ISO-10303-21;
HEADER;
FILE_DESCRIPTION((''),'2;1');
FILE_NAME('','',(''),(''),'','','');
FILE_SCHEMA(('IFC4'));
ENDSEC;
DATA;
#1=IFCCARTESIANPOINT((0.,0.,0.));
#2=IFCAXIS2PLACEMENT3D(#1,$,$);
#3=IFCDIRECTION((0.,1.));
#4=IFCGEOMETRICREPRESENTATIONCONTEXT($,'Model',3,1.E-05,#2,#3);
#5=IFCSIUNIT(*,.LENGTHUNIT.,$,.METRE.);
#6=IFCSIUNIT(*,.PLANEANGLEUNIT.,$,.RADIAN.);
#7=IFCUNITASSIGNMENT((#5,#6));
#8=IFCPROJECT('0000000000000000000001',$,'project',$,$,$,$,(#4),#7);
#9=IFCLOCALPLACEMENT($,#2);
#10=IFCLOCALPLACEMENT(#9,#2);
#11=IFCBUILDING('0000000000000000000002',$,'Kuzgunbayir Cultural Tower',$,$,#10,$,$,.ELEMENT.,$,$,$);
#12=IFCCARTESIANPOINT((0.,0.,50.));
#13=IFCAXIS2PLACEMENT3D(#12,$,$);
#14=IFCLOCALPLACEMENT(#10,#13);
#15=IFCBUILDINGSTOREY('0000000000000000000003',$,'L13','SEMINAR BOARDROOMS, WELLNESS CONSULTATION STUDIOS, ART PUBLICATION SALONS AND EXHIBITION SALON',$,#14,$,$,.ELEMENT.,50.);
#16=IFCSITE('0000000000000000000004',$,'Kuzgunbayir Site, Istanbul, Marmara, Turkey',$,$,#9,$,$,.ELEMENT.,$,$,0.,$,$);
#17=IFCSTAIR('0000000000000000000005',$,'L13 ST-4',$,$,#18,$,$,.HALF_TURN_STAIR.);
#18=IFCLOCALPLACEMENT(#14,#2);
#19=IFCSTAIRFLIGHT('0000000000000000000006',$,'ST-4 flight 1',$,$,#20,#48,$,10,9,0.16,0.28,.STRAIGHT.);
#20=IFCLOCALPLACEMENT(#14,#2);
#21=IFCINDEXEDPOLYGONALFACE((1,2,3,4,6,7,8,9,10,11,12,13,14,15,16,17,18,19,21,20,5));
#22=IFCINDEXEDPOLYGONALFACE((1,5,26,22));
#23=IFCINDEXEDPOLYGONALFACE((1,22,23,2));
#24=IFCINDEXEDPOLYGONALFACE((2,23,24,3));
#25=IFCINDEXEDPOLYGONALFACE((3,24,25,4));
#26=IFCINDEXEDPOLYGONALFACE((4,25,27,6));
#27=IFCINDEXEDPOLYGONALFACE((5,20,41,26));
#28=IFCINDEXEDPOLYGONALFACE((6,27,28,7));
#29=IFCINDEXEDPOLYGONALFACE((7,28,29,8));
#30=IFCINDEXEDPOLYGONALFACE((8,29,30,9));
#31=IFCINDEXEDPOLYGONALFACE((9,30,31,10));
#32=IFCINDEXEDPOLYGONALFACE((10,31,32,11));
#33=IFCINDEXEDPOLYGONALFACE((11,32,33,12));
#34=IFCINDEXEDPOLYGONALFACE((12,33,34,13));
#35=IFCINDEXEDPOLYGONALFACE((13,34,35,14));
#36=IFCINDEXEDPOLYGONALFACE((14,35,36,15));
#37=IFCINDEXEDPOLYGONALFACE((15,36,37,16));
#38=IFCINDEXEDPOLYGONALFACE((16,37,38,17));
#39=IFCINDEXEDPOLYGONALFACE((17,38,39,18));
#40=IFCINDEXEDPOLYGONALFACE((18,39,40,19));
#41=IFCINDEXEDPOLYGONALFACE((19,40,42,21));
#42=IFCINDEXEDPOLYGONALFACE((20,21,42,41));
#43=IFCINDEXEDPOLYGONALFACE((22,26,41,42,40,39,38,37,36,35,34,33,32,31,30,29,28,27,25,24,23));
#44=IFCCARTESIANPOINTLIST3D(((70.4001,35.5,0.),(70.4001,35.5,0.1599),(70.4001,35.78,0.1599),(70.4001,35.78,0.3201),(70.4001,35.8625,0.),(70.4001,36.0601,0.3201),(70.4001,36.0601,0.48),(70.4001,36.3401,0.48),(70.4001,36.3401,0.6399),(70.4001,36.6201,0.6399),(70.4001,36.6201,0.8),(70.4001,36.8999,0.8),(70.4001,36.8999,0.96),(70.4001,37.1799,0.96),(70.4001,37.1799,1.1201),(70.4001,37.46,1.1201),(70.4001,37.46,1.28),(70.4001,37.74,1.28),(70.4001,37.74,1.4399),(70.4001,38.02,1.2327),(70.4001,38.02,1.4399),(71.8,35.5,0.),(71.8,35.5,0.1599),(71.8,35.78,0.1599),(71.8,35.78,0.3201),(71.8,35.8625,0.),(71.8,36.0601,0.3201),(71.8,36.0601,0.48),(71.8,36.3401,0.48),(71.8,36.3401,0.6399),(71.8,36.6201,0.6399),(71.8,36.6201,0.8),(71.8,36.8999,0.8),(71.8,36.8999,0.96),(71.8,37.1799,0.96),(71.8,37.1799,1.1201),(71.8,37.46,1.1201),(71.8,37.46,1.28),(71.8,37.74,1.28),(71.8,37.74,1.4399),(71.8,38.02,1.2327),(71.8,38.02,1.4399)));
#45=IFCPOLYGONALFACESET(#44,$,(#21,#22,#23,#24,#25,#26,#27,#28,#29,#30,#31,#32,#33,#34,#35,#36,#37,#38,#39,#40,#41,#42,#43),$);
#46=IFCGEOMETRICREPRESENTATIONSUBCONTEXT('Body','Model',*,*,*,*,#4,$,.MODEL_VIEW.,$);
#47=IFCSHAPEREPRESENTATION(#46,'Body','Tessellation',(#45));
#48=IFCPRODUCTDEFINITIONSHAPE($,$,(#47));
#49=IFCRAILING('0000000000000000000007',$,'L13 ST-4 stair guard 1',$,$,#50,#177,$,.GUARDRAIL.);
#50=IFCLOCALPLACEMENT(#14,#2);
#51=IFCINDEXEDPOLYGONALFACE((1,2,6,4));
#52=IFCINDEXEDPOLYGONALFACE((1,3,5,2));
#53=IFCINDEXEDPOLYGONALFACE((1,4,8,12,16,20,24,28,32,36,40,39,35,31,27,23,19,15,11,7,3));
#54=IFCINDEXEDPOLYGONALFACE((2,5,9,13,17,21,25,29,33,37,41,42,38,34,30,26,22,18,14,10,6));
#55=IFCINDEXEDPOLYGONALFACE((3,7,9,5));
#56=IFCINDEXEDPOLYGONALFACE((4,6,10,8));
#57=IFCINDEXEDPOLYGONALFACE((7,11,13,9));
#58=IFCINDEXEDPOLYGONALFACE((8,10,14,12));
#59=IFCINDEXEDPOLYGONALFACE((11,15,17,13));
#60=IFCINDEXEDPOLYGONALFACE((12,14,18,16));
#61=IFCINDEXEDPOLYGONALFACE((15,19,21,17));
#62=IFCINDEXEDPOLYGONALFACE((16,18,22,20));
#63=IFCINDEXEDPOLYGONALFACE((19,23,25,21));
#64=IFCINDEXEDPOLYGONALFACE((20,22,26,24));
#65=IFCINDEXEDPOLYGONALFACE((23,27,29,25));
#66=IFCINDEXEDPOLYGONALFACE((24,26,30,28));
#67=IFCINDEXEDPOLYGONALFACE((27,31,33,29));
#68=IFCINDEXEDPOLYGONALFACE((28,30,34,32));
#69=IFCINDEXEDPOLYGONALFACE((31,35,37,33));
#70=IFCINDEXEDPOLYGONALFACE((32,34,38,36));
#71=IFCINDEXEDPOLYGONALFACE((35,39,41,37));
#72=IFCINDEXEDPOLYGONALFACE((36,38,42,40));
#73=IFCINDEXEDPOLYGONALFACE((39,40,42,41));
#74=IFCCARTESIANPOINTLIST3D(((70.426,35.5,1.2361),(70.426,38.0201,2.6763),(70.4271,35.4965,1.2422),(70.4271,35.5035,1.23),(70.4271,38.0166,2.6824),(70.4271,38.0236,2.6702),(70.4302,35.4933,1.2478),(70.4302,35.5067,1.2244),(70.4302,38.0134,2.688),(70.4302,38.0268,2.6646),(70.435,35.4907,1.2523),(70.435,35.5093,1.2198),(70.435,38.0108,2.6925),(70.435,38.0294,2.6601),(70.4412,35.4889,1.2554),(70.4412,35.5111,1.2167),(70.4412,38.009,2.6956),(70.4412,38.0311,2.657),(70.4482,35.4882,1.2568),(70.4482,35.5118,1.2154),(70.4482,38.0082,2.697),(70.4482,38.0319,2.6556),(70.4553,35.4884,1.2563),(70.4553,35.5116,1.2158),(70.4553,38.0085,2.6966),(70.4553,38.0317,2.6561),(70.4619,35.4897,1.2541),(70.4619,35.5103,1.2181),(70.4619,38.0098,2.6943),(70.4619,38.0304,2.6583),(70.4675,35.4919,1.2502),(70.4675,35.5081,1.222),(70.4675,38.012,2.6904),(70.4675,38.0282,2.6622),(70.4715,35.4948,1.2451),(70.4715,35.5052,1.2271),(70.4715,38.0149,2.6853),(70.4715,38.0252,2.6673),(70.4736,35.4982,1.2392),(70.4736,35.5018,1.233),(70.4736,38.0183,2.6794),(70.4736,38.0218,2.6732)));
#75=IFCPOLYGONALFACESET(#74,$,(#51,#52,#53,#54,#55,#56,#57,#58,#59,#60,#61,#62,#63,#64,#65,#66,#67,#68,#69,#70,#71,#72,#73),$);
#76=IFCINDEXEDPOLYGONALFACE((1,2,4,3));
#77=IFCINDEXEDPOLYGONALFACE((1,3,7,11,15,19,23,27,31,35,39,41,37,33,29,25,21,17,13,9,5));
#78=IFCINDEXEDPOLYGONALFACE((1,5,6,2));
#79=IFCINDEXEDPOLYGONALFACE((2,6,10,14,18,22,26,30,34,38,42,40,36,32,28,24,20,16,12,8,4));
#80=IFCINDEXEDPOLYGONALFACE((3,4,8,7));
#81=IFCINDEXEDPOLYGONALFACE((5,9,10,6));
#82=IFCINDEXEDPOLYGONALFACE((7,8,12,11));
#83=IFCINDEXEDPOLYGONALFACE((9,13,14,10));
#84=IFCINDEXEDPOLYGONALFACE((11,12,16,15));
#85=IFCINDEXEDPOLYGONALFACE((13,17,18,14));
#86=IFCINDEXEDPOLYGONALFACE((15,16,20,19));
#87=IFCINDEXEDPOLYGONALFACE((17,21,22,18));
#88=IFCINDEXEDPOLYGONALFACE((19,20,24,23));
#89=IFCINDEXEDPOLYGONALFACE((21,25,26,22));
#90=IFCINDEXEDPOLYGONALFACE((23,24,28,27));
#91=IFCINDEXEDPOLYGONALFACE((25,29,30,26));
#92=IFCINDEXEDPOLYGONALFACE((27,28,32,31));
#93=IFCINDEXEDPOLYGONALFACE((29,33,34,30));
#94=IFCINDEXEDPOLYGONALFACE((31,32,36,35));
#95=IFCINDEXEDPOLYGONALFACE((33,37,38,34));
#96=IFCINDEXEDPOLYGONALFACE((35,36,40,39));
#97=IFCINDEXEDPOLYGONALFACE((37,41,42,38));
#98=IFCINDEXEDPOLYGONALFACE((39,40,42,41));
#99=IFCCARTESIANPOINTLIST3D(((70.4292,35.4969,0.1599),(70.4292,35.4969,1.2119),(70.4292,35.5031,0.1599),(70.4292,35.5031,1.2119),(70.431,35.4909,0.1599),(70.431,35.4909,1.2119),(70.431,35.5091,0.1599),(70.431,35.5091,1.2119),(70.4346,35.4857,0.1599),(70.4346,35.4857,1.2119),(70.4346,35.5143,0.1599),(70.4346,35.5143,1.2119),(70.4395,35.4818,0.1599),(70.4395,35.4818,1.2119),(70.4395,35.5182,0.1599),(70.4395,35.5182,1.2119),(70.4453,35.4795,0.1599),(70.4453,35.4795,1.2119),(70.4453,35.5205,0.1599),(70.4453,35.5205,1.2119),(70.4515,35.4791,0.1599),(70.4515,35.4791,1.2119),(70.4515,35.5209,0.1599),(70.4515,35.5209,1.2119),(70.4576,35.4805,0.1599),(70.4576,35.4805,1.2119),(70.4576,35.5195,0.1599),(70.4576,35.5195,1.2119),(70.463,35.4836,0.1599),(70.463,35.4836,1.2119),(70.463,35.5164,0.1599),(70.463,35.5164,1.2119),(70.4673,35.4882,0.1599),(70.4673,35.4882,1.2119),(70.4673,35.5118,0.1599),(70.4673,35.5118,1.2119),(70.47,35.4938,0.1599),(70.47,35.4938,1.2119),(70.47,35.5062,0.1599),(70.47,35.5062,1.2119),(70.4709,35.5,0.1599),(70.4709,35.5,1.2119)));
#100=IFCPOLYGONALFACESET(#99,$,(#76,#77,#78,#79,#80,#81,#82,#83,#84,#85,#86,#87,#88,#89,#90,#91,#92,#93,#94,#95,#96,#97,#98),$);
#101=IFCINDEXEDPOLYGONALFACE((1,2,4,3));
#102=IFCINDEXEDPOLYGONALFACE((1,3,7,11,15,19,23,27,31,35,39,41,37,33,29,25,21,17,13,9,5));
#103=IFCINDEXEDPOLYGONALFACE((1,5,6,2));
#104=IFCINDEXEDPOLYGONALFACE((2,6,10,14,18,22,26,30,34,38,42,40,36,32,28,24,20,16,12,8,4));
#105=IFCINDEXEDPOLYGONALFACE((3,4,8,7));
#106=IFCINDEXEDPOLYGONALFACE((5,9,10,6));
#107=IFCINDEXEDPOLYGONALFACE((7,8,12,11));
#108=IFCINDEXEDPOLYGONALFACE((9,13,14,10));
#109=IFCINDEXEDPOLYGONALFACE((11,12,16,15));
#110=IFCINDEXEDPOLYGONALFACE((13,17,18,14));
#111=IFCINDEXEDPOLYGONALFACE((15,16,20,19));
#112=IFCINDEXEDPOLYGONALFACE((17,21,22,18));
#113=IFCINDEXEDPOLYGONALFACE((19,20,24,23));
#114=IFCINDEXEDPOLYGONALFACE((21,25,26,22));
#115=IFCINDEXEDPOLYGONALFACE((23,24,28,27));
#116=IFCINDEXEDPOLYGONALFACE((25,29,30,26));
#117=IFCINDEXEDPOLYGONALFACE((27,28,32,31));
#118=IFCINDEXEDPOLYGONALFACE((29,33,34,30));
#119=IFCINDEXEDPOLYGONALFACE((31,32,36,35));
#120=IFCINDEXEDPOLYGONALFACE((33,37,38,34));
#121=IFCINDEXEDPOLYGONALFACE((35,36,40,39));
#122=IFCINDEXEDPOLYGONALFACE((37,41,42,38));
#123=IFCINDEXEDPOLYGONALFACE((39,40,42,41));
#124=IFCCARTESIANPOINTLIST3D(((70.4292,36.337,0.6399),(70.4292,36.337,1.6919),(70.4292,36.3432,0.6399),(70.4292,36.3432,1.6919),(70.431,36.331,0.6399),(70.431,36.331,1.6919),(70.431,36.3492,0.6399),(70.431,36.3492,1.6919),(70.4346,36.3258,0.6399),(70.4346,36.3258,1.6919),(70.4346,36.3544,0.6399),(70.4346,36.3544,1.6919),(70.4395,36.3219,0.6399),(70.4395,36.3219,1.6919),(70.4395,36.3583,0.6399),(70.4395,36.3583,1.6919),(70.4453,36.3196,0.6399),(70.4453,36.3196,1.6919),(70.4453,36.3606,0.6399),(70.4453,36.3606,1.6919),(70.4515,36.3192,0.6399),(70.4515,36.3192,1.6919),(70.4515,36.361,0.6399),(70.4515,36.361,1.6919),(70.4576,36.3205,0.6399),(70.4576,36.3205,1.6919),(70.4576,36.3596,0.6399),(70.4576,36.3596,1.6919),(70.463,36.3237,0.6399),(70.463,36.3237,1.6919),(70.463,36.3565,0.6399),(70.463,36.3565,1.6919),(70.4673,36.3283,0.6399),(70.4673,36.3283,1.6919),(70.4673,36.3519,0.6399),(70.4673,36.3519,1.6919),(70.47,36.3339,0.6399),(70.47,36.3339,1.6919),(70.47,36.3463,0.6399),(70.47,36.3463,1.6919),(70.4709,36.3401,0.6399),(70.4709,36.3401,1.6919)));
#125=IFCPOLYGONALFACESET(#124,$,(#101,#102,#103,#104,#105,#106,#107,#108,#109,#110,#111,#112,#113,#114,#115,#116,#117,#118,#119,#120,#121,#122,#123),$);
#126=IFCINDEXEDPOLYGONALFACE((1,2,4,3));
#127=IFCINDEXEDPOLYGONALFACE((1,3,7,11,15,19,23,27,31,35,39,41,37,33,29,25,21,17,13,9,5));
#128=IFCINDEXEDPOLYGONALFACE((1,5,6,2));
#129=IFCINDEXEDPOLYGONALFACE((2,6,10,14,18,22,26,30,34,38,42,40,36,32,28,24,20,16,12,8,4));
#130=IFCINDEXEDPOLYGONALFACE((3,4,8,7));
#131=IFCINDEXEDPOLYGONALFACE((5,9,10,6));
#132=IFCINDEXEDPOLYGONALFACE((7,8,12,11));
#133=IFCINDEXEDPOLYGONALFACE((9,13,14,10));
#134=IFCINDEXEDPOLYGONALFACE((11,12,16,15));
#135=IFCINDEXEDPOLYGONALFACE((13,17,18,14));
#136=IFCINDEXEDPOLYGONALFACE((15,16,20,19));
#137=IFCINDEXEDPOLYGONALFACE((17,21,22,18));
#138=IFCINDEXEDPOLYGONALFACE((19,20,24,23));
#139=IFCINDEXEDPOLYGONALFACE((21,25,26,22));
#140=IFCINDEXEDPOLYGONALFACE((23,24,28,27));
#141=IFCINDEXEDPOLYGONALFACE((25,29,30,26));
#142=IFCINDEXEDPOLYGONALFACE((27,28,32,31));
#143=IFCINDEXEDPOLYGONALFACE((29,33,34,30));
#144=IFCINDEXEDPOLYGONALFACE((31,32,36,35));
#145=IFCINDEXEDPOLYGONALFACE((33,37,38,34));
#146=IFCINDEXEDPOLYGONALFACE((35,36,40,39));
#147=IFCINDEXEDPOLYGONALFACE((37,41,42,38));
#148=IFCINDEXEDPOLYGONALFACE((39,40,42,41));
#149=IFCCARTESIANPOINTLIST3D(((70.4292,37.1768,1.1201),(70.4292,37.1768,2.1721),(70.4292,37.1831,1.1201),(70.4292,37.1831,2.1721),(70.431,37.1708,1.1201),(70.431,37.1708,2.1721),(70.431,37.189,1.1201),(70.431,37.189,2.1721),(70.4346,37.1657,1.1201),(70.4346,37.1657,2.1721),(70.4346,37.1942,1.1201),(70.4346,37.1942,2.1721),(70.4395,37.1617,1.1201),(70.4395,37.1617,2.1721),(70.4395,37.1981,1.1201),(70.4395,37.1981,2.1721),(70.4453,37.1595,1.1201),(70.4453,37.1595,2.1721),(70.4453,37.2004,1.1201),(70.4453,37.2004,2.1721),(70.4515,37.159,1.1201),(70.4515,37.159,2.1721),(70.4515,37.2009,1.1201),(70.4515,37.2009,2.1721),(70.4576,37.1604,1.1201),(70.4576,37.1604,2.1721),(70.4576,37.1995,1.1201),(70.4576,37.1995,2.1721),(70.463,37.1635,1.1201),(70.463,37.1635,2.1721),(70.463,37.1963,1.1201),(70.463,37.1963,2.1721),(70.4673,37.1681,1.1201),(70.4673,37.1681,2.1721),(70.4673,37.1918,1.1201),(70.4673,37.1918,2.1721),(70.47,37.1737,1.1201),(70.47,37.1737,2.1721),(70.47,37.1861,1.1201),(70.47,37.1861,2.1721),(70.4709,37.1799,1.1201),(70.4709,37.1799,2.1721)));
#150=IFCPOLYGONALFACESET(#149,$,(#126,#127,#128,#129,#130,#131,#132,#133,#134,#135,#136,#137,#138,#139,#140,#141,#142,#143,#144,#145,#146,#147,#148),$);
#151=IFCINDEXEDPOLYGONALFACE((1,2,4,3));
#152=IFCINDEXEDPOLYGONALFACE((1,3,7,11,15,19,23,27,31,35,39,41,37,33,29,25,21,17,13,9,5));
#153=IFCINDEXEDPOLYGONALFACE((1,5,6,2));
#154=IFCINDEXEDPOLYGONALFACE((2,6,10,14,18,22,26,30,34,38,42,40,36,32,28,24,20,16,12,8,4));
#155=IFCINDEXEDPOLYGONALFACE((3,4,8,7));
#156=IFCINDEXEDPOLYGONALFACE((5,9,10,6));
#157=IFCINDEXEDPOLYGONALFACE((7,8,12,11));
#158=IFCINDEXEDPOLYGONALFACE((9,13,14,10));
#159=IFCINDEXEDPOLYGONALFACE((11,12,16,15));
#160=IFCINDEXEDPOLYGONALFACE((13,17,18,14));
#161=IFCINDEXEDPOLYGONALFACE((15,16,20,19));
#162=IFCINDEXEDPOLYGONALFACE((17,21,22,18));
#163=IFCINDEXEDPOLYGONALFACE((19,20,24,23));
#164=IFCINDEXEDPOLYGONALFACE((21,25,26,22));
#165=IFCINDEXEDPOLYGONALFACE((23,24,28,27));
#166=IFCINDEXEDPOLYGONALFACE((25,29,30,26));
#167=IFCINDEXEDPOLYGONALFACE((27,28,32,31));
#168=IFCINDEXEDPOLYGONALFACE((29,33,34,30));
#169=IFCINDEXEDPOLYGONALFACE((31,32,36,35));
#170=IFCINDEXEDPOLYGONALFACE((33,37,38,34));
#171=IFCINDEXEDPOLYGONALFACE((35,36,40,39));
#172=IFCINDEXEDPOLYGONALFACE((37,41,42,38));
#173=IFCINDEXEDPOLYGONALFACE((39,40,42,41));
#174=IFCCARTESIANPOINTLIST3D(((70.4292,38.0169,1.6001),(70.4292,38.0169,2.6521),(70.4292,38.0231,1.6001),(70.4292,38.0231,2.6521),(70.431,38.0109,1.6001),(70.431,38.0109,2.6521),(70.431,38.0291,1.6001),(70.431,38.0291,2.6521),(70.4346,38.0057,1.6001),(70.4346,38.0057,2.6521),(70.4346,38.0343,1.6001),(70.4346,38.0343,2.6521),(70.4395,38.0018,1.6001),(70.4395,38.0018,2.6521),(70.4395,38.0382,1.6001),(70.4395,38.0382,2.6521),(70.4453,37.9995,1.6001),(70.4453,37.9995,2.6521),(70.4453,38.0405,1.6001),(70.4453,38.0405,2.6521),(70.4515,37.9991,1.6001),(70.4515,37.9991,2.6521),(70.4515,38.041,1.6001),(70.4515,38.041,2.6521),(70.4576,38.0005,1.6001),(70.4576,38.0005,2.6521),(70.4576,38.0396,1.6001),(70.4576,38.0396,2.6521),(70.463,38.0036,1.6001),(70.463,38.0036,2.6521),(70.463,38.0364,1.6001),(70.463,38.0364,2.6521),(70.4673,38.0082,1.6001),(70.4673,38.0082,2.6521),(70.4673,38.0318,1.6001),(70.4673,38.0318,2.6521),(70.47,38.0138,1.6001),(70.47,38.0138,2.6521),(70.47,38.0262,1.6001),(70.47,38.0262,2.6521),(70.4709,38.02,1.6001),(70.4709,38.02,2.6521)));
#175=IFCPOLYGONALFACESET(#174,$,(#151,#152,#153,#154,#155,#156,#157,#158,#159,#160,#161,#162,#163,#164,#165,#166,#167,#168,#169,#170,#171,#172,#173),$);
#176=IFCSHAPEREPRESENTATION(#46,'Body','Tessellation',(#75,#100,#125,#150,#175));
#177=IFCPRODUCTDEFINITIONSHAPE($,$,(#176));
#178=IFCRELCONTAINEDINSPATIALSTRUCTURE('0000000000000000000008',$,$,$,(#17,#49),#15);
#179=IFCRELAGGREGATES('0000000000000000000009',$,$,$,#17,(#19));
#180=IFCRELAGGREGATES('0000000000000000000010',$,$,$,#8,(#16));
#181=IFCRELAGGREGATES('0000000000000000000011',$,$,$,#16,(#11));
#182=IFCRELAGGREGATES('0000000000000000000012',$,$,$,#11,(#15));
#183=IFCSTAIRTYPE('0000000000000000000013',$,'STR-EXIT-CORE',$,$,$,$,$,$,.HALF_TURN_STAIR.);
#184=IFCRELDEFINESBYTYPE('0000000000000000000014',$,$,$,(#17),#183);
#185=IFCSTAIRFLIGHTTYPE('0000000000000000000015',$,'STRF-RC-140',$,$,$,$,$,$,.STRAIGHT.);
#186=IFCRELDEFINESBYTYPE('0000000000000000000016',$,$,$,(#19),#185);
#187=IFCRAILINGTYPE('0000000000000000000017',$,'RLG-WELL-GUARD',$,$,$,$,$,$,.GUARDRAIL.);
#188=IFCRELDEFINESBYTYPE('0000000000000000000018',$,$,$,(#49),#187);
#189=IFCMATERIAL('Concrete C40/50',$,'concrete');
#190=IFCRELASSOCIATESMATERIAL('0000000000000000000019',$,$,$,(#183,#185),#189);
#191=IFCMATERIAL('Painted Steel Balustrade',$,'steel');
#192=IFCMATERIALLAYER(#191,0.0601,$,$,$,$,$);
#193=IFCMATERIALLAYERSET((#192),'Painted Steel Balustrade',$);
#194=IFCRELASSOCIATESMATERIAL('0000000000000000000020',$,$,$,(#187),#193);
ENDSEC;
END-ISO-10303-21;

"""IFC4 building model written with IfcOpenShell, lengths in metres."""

from ifc_helpers import new_model, si_unit, direction, frame, origin, origin_2d, place, context, subcontext, project, spatial, polyline, circle, outline, extrude, material, layer, layer_set, type_object, element, aggregate, save


model = new_model("IFC4")

# Units and contexts
model_context = context("Model", 3, precision=1e-05, world=origin(), true_north=direction((0.0, 1.0)))
body_context = subcontext(model_context, "Body", "Model", "MODEL_VIEW")
ifc_project = project(units=[si_unit("LENGTHUNIT", "METRE"), si_unit("PLANEANGLEUNIT", "RADIAN")], contexts=[model_context])

# Site, building, storey
site_placement = place(None, origin())
site = spatial("IfcSite", under=ifc_project, at=site_placement, Name="Kuzgunbayir Site, Istanbul, Marmara, Turkey", CompositionType="ELEMENT", RefElevation=0.0)
building_placement = place(site_placement, origin())
building = spatial("IfcBuilding", under=site, at=building_placement, Name="Kuzgunbayir Cultural Tower", CompositionType="ELEMENT")
storey_placement = place(building_placement, frame((0.0, 0.0, 50.0)))
storey = spatial("IfcBuildingStorey", under=building, at=storey_placement, Name="L13", Description="SEMINAR BOARDROOMS, WELLNESS CONSULTATION STUDIOS, ART PUBLICATION SALONS AND EXHIBITION SALON", CompositionType="ELEMENT", Elevation=50.0)

# Shared definitions
ifc_material_1 = material(Name="Concrete C40/50", Category="concrete")

# Stair, stair flight
stair_type = type_object("IfcStairType", Name="STR-EXIT-CORE", PredefinedType="HALF_TURN_STAIR", material=ifc_material_1)
stair_placement = place(storey_placement, origin())
stair = element("IfcStair", 1, at=stair_placement, inside=storey, type_object=stair_type, Name="L13 ST-4", PredefinedType="HALF_TURN_STAIR")
stair_flight_type = type_object("IfcStairFlightType", Name="STRF-RC-140", PredefinedType="STRAIGHT", material=ifc_material_1)
stair_flight_placement = place(storey_placement, frame((71.1001, 35.5, 0.0), z_axis=(0.0, 0.0, 1.0), x_axis=(0.0, 1.0, 0.0)))
stair_flight = element("IfcStairFlight", 2, at=stair_flight_placement, type_object=stair_flight_type, Name="ST-4 flight 1", NumberOfRisers=10, NumberOfTreads=9, PredefinedType="STRAIGHT", RiserHeight=0.16, TreadLength=0.28, context=body_context, shape_type="SweptSolid", body=[
    extrude(outline(polyline([(0.0, 0.0), (0.0, 0.1599), (0.28, 0.1599), (0.28, 0.3201), (0.5601, 0.3201), (0.5601, 0.48), (0.8401, 0.48), (0.8401, 0.6399), (1.1201, 0.6399), (1.1201, 0.8), (1.3999, 0.8), (1.3999, 0.96), (1.6799, 0.96), (1.6799, 1.1201), (1.96, 1.1201), (1.96, 1.28), (2.24, 1.28), (2.24, 1.4399), (2.52, 1.4399), (2.52, 1.6001), (2.52, 1.2327), (0.3625, 0.0), (0.0, 0.0)])), frame((0.0, 0.7, 0.0), z_axis=(0.0, -1.0, 0.0), x_axis=(1.0, 0.0, 0.0)), (0.0, 0.0, 1.0), 1.3999),
])
aggregate(stair, [stair_flight])

# Railing
ifc_material_2 = material(Name="Painted Steel Balustrade", Category="steel")
ifc_layer_1 = layer(ifc_material_2, 0.0601)
ifc_layer_set_1 = layer_set([ifc_layer_1], Name="Painted Steel Balustrade")
railing_type = type_object("IfcRailingType", Name="RLG-WELL-GUARD", PredefinedType="GUARDRAIL", material=ifc_layer_set_1)
railing_1_placement = place(storey_placement, frame((70.45, 35.5, 0.1599)))
element("IfcRailing", 3, at=railing_1_placement, inside=storey, type_object=railing_type, Name="L13 ST-4 stair guard 1", PredefinedType="GUARDRAIL", context=body_context, shape_type="SweptSolid", body=[
    extrude(circle(Radius=0.0239, at=origin_2d()), frame((0.0, 0.0, 1.0762), z_axis=(0.0, 0.868217, 0.496184), x_axis=(-1.0, 0.0, 0.0)), (0.0, 0.0, 1.0), 2.9026),
    extrude(circle(Radius=0.021, at=origin_2d()), origin(), (0.0, 0.0, 1.0), 1.052),
    extrude(circle(Radius=0.021, at=origin_2d()), frame((0.0, 0.8401, 0.48)), (0.0, 0.0, 1.0), 1.052),
    extrude(circle(Radius=0.021, at=origin_2d()), frame((0.0, 1.6799, 0.9602)), (0.0, 0.0, 1.0), 1.052),
    extrude(circle(Radius=0.021, at=origin_2d()), frame((0.0, 2.52, 1.4402)), (0.0, 0.0, 1.0), 1.052),
])

save(model, "model.ifc")
